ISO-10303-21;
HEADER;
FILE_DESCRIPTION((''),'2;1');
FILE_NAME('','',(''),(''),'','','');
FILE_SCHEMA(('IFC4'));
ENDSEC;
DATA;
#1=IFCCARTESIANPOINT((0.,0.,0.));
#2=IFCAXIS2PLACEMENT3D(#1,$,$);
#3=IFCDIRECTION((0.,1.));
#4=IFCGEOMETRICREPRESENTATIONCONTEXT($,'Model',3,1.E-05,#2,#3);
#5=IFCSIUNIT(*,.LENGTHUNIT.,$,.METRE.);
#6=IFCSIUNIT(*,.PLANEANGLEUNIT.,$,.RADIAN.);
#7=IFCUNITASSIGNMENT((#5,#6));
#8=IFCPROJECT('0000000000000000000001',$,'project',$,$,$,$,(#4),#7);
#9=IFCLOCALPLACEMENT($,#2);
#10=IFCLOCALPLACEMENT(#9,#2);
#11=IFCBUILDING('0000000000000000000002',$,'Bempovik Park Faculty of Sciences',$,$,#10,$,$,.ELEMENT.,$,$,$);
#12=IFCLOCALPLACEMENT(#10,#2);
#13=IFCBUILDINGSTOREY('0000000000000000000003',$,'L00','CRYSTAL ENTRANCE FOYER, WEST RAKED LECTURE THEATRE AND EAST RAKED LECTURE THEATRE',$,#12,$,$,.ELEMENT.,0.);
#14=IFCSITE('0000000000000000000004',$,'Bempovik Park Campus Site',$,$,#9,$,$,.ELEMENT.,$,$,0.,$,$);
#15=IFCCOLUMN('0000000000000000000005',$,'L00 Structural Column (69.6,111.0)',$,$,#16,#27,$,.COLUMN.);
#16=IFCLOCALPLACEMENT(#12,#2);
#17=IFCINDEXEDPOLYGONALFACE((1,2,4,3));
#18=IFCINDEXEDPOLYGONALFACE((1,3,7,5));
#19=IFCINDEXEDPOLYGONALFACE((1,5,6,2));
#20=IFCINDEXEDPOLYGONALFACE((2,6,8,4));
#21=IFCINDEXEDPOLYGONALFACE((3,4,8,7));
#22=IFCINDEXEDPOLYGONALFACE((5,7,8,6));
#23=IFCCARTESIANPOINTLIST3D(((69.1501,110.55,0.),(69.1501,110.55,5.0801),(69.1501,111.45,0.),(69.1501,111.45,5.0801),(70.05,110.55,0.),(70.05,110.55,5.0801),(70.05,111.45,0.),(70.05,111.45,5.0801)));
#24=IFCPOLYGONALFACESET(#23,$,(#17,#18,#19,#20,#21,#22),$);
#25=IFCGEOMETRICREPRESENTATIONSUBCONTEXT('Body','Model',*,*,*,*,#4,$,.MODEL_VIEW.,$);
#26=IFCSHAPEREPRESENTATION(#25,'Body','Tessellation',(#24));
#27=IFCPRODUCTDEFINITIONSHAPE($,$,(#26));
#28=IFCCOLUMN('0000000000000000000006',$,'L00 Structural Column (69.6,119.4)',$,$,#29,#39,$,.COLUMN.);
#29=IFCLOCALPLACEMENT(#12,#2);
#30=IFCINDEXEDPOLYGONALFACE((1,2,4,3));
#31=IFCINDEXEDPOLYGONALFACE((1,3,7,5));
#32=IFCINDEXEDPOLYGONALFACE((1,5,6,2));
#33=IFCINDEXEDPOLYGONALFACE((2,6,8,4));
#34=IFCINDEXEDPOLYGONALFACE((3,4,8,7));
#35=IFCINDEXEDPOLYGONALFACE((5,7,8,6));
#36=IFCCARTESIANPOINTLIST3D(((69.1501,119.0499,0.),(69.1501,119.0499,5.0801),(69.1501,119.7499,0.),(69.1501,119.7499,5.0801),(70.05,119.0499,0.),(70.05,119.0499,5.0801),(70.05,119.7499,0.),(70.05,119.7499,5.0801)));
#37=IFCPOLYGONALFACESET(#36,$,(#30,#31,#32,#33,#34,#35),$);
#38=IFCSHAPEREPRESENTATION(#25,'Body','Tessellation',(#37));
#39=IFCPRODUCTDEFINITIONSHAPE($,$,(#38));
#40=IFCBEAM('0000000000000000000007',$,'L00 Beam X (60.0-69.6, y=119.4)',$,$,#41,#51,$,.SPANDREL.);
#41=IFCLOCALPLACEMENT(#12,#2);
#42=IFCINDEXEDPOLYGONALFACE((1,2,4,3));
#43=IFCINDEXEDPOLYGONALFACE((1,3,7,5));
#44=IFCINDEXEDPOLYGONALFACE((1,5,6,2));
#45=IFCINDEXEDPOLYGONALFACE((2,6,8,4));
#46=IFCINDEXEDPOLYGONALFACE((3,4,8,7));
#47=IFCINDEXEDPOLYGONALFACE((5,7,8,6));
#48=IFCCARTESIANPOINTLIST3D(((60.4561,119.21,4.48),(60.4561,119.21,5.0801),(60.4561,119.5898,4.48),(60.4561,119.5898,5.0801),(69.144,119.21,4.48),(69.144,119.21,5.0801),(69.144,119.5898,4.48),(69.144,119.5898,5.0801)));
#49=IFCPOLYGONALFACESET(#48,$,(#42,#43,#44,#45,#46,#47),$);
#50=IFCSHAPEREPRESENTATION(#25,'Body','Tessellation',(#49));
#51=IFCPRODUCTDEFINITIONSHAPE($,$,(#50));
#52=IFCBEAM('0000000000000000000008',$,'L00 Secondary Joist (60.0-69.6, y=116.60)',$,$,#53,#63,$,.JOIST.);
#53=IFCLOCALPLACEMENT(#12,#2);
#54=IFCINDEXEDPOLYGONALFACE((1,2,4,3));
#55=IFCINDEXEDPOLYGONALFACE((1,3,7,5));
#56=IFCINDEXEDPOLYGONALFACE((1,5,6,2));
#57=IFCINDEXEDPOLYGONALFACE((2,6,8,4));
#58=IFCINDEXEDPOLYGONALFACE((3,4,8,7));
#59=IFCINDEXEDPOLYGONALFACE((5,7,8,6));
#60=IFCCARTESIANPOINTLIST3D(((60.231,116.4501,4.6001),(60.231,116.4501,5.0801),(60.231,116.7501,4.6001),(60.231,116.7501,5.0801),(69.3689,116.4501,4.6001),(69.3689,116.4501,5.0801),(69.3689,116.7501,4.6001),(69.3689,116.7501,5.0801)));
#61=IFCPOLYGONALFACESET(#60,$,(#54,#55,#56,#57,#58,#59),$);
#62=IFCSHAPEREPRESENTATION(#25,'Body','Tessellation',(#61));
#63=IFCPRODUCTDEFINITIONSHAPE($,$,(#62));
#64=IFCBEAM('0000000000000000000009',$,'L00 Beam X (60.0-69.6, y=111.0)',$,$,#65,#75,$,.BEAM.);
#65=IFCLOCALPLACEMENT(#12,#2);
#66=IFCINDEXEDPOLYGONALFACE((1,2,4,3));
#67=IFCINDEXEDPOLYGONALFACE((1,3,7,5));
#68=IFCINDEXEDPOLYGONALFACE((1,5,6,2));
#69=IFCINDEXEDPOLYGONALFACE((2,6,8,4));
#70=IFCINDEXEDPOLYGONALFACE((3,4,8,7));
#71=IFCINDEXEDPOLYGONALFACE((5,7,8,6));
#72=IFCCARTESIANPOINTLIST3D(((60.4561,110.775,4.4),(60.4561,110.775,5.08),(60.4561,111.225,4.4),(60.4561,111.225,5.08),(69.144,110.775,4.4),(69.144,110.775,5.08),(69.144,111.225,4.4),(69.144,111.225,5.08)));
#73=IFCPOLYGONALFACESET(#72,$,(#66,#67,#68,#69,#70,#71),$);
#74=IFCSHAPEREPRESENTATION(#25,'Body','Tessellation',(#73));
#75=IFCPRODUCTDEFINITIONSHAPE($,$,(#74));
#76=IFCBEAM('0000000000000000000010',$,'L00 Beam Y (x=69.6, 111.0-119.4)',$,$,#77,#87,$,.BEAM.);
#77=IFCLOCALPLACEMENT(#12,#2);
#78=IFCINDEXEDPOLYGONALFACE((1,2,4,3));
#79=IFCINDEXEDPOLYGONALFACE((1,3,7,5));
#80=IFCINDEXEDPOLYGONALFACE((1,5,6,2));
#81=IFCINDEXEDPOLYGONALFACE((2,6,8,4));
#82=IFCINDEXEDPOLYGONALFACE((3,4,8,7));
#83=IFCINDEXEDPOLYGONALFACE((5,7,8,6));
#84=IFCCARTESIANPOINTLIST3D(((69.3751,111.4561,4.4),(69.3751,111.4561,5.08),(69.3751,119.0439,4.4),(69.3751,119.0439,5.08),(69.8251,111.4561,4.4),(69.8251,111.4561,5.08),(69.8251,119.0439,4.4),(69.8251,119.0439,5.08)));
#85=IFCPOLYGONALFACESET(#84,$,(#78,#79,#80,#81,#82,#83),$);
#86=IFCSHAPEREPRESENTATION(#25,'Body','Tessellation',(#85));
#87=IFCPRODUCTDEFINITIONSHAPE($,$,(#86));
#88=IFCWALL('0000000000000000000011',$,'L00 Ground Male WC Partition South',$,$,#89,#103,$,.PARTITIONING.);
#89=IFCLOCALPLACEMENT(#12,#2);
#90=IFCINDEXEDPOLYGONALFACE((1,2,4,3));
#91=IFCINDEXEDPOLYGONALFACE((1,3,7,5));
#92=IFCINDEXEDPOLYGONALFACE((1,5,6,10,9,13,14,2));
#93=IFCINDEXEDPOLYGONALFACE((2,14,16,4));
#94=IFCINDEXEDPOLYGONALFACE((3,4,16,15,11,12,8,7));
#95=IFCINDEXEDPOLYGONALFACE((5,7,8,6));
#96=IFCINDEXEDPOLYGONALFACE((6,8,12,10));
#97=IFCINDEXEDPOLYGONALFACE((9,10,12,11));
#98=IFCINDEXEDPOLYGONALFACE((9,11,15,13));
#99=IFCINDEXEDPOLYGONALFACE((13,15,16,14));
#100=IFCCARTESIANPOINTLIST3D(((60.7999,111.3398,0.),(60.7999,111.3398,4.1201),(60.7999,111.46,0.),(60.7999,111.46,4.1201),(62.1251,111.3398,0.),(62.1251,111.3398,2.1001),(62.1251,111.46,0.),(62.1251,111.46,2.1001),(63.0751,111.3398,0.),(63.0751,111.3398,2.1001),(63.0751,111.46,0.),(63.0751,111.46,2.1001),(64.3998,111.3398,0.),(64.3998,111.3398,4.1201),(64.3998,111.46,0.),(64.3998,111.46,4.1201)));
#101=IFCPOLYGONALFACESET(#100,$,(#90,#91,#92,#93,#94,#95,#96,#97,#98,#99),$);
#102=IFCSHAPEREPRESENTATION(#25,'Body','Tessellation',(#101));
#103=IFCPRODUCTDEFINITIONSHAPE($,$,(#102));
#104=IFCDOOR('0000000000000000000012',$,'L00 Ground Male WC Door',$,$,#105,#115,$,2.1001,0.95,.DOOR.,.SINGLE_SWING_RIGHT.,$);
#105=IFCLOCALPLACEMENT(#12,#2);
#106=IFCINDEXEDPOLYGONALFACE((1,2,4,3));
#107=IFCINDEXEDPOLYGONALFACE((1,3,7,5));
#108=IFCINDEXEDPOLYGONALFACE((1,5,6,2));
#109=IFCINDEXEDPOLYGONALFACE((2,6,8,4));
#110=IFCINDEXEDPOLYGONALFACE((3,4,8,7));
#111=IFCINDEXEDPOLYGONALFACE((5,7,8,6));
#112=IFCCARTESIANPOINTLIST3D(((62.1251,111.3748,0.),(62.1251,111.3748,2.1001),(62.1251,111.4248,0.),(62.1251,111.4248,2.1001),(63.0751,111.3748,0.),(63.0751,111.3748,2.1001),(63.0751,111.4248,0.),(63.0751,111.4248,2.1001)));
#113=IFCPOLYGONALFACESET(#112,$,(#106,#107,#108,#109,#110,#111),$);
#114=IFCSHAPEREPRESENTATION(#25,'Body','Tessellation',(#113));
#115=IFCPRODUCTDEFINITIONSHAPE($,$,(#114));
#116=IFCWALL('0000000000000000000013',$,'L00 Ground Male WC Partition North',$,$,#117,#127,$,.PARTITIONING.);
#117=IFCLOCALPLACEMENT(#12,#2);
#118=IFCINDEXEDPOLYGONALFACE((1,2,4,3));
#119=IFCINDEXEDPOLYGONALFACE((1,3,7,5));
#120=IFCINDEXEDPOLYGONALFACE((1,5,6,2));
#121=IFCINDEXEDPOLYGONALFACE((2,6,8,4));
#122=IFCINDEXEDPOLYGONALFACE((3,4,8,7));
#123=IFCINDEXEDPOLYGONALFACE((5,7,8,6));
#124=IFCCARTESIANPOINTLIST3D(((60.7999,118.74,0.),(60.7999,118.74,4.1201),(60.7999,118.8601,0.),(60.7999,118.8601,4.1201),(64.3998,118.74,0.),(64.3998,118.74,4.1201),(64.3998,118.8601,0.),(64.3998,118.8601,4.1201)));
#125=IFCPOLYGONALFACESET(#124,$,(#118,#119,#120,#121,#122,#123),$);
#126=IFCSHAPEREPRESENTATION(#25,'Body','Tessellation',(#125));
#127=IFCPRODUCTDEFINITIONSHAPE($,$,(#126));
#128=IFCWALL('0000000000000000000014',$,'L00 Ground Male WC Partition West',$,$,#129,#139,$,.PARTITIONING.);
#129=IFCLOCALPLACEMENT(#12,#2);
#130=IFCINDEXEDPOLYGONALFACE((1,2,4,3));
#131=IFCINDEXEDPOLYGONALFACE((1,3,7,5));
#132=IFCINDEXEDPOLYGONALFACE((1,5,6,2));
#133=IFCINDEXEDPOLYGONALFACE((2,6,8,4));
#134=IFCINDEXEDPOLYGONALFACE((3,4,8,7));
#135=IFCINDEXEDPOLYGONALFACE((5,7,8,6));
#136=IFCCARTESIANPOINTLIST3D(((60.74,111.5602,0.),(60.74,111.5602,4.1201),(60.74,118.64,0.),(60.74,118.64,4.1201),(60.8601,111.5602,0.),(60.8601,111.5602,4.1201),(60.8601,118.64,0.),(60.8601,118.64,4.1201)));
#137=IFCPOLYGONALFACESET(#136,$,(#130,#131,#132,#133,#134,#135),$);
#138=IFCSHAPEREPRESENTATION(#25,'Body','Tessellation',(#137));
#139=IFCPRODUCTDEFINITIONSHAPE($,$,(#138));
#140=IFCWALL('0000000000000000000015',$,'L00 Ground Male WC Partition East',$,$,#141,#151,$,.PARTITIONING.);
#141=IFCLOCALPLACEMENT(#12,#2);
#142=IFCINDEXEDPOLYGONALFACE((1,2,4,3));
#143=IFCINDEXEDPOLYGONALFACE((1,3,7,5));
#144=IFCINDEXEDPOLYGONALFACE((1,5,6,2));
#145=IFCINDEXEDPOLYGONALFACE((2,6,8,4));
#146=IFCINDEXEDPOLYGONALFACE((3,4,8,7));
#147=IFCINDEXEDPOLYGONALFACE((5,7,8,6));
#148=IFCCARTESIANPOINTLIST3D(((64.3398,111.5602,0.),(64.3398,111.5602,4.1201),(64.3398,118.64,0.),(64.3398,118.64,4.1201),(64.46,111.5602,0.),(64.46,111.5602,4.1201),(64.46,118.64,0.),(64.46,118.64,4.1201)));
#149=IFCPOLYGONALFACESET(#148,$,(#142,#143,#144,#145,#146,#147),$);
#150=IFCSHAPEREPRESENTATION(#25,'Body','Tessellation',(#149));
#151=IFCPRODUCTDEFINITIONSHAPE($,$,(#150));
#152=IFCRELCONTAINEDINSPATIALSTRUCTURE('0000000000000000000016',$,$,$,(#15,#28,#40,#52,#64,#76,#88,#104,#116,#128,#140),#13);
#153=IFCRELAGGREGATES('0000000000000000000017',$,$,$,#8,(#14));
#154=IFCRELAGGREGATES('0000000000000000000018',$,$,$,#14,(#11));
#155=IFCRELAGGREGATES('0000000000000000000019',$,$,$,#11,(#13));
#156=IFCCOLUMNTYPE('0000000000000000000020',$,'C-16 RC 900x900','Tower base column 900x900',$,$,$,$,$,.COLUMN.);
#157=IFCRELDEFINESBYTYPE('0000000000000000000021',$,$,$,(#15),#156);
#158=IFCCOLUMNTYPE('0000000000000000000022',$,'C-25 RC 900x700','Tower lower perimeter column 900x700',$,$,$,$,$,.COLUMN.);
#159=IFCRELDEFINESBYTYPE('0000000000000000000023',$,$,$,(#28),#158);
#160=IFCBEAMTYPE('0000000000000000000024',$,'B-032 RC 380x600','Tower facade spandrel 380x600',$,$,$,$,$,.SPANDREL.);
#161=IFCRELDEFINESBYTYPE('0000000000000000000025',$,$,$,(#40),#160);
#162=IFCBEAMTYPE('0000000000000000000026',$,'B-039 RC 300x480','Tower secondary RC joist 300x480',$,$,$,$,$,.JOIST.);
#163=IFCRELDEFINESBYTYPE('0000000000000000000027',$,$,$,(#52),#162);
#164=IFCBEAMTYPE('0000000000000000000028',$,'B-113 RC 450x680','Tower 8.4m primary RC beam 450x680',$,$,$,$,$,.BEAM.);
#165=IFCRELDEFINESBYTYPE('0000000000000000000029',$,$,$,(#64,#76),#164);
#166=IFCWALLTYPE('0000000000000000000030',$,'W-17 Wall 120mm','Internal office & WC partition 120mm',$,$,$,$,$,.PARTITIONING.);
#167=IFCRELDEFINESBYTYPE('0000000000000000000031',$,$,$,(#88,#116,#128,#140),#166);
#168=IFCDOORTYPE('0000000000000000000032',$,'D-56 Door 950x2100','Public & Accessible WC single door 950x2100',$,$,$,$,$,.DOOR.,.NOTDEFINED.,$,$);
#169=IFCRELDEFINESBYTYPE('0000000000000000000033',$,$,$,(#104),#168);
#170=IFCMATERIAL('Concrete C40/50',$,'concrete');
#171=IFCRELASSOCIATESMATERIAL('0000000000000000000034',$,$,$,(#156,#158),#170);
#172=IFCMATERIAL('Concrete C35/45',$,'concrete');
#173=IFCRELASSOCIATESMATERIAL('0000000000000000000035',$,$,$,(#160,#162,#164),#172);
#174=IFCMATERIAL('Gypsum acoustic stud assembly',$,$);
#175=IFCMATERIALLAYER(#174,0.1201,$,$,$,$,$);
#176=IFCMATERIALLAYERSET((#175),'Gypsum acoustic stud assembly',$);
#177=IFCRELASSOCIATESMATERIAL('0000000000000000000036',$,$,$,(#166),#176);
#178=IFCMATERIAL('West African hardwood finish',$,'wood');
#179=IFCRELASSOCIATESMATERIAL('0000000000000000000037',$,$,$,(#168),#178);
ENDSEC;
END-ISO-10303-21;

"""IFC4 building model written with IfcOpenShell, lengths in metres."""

from ifc_helpers import new_model, si_unit, direction, frame, frame_2d, origin, origin_2d, place, context, subcontext, project, spatial, rectangle, extrude, material, layer, layer_set, material_profile, profile_set, type_object, element, fill, save


model = new_model("IFC4")

# Units and contexts
model_context = context("Model", 3, precision=1e-05, world=origin(), true_north=direction((0.0, 1.0)))
body_context = subcontext(model_context, "Body", "Model", "MODEL_VIEW")
ifc_project = project(units=[si_unit("LENGTHUNIT", "METRE"), si_unit("PLANEANGLEUNIT", "RADIAN")], contexts=[model_context])

# Site, building, storey
site_placement = place(None, origin())
site = spatial("IfcSite", under=ifc_project, at=site_placement, Name="Bempovik Park Campus Site", CompositionType="ELEMENT", RefElevation=0.0)
building_placement = place(site_placement, origin())
building = spatial("IfcBuilding", under=site, at=building_placement, Name="Bempovik Park Faculty of Sciences", CompositionType="ELEMENT")
storey_placement = place(building_placement, origin())
storey = spatial("IfcBuildingStorey", under=building, at=storey_placement, Name="L00", Description="CRYSTAL ENTRANCE FOYER, WEST RAKED LECTURE THEATRE AND EAST RAKED LECTURE THEATRE", CompositionType="ELEMENT", Elevation=0.0)

# Columns
ifc_material_1 = material(Name="Concrete C40/50", Category="concrete")
ifc_material_profile_1 = material_profile(ifc_material_1, rectangle(XDim=0.8999, YDim=0.8999, at=origin_2d()), Name="RC 900x900")
ifc_profile_set_1 = profile_set([ifc_material_profile_1], Name="Concrete C40/50")
column_type_1 = type_object("IfcColumnType", Name="C-16 RC 900x900", Description="Tower base column 900x900", PredefinedType="COLUMN", material=ifc_profile_set_1)
column_1_placement = place(storey_placement, frame((69.6001, 111.0, 0.0), z_axis=(0.0, 0.0, 1.0), x_axis=(1.0, 0.0, 0.0)))
element("IfcColumn", 1, at=column_1_placement, inside=storey, type_object=column_type_1, Name="L00 Structural Column (69.6,111.0)", PredefinedType="COLUMN", context=body_context, shape_type="SweptSolid", body=[
    extrude(rectangle(XDim=0.8999, YDim=0.8999, at=origin_2d()), origin(), (0.0, 0.0, 1.0), 5.0801),
])
ifc_material_profile_2 = material_profile(ifc_material_1, rectangle(XDim=0.8999, YDim=0.7, at=origin_2d()), Name="RC 900x700")
ifc_profile_set_2 = profile_set([ifc_material_profile_2], Name="Concrete C40/50")
column_type_2 = type_object("IfcColumnType", Name="C-25 RC 900x700", Description="Tower lower perimeter column 900x700", PredefinedType="COLUMN", material=ifc_profile_set_2)
column_2_placement = place(storey_placement, frame((69.6001, 119.3999, 0.0), z_axis=(0.0, 0.0, 1.0), x_axis=(1.0, 0.0, 0.0)))
element("IfcColumn", 2, at=column_2_placement, inside=storey, type_object=column_type_2, Name="L00 Structural Column (69.6,119.4)", PredefinedType="COLUMN", context=body_context, shape_type="SweptSolid", body=[
    extrude(rectangle(XDim=0.8999, YDim=0.7, at=origin_2d()), origin(), (0.0, 0.0, 1.0), 5.0801),
])

# Beams
ifc_material_2 = material(Name="Concrete C35/45", Category="concrete")
ifc_material_profile_3 = material_profile(ifc_material_2, rectangle(XDim=0.3799, YDim=0.6001, at=origin_2d()), Name="RC 380x600")
ifc_profile_set_3 = profile_set([ifc_material_profile_3], Name="Concrete C35/45")
beam_type_1 = type_object("IfcBeamType", Name="B-032 RC 380x600", Description="Tower facade spandrel 380x600", PredefinedType="SPANDREL", material=ifc_profile_set_3)
beam_1_placement = place(storey_placement, frame((60.4561, 119.3999, 4.78), z_axis=(1.0, 0.0, 0.0), x_axis=(0.0, 1.0, 0.0)))
element("IfcBeam", 3, at=beam_1_placement, inside=storey, type_object=beam_type_1, Name="L00 Beam X (60.0-69.6, y=119.4)", PredefinedType="SPANDREL", context=body_context, shape_type="SweptSolid", body=[
    extrude(rectangle(XDim=0.3799, YDim=0.6001, at=origin_2d()), origin(), (0.0, 0.0, 1.0), 8.688),
])
ifc_material_profile_4 = material_profile(ifc_material_2, rectangle(XDim=0.3, YDim=0.48, at=origin_2d()), Name="RC 300x480")
ifc_profile_set_4 = profile_set([ifc_material_profile_4], Name="Concrete C35/45")
beam_type_2 = type_object("IfcBeamType", Name="B-039 RC 300x480", Description="Tower secondary RC joist 300x480", PredefinedType="JOIST", material=ifc_profile_set_4)
beam_2_placement = place(storey_placement, frame((60.231, 116.6001, 4.8401), z_axis=(1.0, 0.0, 0.0), x_axis=(0.0, 1.0, 0.0)))
element("IfcBeam", 4, at=beam_2_placement, inside=storey, type_object=beam_type_2, Name="L00 Secondary Joist (60.0-69.6, y=116.60)", PredefinedType="JOIST", context=body_context, shape_type="SweptSolid", body=[
    extrude(rectangle(XDim=0.3, YDim=0.48, at=origin_2d()), origin(), (0.0, 0.0, 1.0), 9.1379),
])
ifc_material_profile_5 = material_profile(ifc_material_2, rectangle(XDim=0.45, YDim=0.6799, at=origin_2d()), Name="RC 450x680")
ifc_profile_set_5 = profile_set([ifc_material_profile_5], Name="Concrete C35/45")
beam_type_3 = type_object("IfcBeamType", Name="B-113 RC 450x680", Description="Tower 8.4m primary RC beam 450x680", PredefinedType="BEAM", material=ifc_profile_set_5)
beam_3_placement = place(storey_placement, frame((60.4561, 111.0, 4.74), z_axis=(1.0, 0.0, 0.0), x_axis=(0.0, 1.0, 0.0)))
element("IfcBeam", 5, at=beam_3_placement, inside=storey, type_object=beam_type_3, Name="L00 Beam X (60.0-69.6, y=111.0)", PredefinedType="BEAM", context=body_context, shape_type="SweptSolid", body=[
    extrude(rectangle(XDim=0.45, YDim=0.6799, at=origin_2d()), origin(), (0.0, 0.0, 1.0), 8.688),
])
beam_4_placement = place(storey_placement, frame((69.6001, 111.4561, 4.74), z_axis=(0.0, 1.0, 0.0), x_axis=(-1.0, 0.0, 0.0)))
element("IfcBeam", 6, at=beam_4_placement, inside=storey, type_object=beam_type_3, Name="L00 Beam Y (x=69.6, 111.0-119.4)", PredefinedType="BEAM", context=body_context, shape_type="SweptSolid", body=[
    extrude(rectangle(XDim=0.45, YDim=0.6799, at=origin_2d()), origin(), (0.0, 0.0, 1.0), 7.5879),
])

# Wall, opening, door
ifc_material_3 = material(Name="Gypsum acoustic stud assembly")
ifc_layer_1 = layer(ifc_material_3, 0.1201)
ifc_layer_set_1 = layer_set([ifc_layer_1], Name="Gypsum acoustic stud assembly")
wall_type_1 = type_object("IfcWallType", Name="W-17 Wall 120mm", Description="Internal office & WC partition 120mm", PredefinedType="PARTITIONING", material=ifc_layer_set_1)
wall_1_placement = place(storey_placement, frame((60.8, 111.3999, 0.0), z_axis=(0.0, 0.0, 1.0), x_axis=(1.0, 0.0, 0.0)))
wall_1 = element("IfcWall", 7, at=wall_1_placement, inside=storey, type_object=wall_type_1, Name="L00 Ground Male WC Partition South", PredefinedType="PARTITIONING", context=body_context, shape_type="SweptSolid", body=[
    extrude(rectangle(XDim=3.5999, YDim=0.1201, at=frame_2d((1.7998, 0.0))), origin(), (0.0, 0.0, 1.0), 4.1201),
])
opening_1_placement = place(wall_1_placement, frame((1.325, 0.0, 0.0)))
opening_1 = element("IfcOpeningElement", 8, at=opening_1_placement, cuts=wall_1, PredefinedType="OPENING", context=body_context, shape_type="SweptSolid", body=[
    extrude(rectangle(XDim=0.95, YDim=2.1001, at=frame_2d((0.4751, 1.05))), frame((0.0, 0.0701, 0.0), z_axis=(0.0, -1.0, 0.0), x_axis=(1.0, 0.0, 0.0)), (0.0, 0.0, 1.0), 0.1401),
])
ifc_material_4 = material(Name="West African hardwood finish", Category="wood")
door_type_1 = type_object("IfcDoorType", Name="D-56 Door 950x2100", Description="Public & Accessible WC single door 950x2100", OperationType="NOTDEFINED", PredefinedType="DOOR", material=ifc_material_4)
door_1_placement = place(opening_1_placement, origin())
door_1 = element("IfcDoor", 9, at=door_1_placement, inside=storey, type_object=door_type_1, Name="L00 Ground Male WC Door", OperationType="SINGLE_SWING_RIGHT", OverallHeight=2.1001, OverallWidth=0.95, PredefinedType="DOOR", context=body_context, shape_type="SweptSolid", body=[
    extrude(rectangle(XDim=0.95, YDim=2.1001, at=frame_2d((0.4751, 1.05))), frame((0.0, 0.0249, 0.0), z_axis=(0.0, -1.0, 0.0), x_axis=(1.0, 0.0, 0.0)), (0.0, 0.0, 1.0), 0.05),
])
fill(opening_1, door_1)

# Walls
wall_2_placement = place(storey_placement, frame((60.8, 118.8, 0.0), z_axis=(0.0, 0.0, 1.0), x_axis=(1.0, 0.0, 0.0)))
element("IfcWall", 10, at=wall_2_placement, inside=storey, type_object=wall_type_1, Name="L00 Ground Male WC Partition North", PredefinedType="PARTITIONING", context=body_context, shape_type="SweptSolid", body=[
    extrude(rectangle(XDim=3.5999, YDim=0.1201, at=frame_2d((1.7998, 0.0))), origin(), (0.0, 0.0, 1.0), 4.1201),
])
for number, where, z_axis, x_axis, name in (
    (11, (60.8, 111.5601, 0.0), (0.0, 0.0, 1.0), (0.0, 1.0, 0.0), "L00 Ground Male WC Partition West"),
    (12, (64.3999, 111.5601, 0.0), (0.0, 0.0, 1.0), (0.0, 1.0, 0.0), "L00 Ground Male WC Partition East"),
):
    element("IfcWall", number, at=place(storey_placement, frame(where, z_axis=z_axis, x_axis=x_axis)), inside=storey, type_object=wall_type_1, Name=name, PredefinedType="PARTITIONING", context=body_context, shape_type="SweptSolid", body=[
        extrude(rectangle(XDim=7.0798, YDim=0.1201, at=frame_2d((3.54, 0.0))), origin(), (0.0, 0.0, 1.0), 4.1201),
    ])

save(model, "model.ifc")
